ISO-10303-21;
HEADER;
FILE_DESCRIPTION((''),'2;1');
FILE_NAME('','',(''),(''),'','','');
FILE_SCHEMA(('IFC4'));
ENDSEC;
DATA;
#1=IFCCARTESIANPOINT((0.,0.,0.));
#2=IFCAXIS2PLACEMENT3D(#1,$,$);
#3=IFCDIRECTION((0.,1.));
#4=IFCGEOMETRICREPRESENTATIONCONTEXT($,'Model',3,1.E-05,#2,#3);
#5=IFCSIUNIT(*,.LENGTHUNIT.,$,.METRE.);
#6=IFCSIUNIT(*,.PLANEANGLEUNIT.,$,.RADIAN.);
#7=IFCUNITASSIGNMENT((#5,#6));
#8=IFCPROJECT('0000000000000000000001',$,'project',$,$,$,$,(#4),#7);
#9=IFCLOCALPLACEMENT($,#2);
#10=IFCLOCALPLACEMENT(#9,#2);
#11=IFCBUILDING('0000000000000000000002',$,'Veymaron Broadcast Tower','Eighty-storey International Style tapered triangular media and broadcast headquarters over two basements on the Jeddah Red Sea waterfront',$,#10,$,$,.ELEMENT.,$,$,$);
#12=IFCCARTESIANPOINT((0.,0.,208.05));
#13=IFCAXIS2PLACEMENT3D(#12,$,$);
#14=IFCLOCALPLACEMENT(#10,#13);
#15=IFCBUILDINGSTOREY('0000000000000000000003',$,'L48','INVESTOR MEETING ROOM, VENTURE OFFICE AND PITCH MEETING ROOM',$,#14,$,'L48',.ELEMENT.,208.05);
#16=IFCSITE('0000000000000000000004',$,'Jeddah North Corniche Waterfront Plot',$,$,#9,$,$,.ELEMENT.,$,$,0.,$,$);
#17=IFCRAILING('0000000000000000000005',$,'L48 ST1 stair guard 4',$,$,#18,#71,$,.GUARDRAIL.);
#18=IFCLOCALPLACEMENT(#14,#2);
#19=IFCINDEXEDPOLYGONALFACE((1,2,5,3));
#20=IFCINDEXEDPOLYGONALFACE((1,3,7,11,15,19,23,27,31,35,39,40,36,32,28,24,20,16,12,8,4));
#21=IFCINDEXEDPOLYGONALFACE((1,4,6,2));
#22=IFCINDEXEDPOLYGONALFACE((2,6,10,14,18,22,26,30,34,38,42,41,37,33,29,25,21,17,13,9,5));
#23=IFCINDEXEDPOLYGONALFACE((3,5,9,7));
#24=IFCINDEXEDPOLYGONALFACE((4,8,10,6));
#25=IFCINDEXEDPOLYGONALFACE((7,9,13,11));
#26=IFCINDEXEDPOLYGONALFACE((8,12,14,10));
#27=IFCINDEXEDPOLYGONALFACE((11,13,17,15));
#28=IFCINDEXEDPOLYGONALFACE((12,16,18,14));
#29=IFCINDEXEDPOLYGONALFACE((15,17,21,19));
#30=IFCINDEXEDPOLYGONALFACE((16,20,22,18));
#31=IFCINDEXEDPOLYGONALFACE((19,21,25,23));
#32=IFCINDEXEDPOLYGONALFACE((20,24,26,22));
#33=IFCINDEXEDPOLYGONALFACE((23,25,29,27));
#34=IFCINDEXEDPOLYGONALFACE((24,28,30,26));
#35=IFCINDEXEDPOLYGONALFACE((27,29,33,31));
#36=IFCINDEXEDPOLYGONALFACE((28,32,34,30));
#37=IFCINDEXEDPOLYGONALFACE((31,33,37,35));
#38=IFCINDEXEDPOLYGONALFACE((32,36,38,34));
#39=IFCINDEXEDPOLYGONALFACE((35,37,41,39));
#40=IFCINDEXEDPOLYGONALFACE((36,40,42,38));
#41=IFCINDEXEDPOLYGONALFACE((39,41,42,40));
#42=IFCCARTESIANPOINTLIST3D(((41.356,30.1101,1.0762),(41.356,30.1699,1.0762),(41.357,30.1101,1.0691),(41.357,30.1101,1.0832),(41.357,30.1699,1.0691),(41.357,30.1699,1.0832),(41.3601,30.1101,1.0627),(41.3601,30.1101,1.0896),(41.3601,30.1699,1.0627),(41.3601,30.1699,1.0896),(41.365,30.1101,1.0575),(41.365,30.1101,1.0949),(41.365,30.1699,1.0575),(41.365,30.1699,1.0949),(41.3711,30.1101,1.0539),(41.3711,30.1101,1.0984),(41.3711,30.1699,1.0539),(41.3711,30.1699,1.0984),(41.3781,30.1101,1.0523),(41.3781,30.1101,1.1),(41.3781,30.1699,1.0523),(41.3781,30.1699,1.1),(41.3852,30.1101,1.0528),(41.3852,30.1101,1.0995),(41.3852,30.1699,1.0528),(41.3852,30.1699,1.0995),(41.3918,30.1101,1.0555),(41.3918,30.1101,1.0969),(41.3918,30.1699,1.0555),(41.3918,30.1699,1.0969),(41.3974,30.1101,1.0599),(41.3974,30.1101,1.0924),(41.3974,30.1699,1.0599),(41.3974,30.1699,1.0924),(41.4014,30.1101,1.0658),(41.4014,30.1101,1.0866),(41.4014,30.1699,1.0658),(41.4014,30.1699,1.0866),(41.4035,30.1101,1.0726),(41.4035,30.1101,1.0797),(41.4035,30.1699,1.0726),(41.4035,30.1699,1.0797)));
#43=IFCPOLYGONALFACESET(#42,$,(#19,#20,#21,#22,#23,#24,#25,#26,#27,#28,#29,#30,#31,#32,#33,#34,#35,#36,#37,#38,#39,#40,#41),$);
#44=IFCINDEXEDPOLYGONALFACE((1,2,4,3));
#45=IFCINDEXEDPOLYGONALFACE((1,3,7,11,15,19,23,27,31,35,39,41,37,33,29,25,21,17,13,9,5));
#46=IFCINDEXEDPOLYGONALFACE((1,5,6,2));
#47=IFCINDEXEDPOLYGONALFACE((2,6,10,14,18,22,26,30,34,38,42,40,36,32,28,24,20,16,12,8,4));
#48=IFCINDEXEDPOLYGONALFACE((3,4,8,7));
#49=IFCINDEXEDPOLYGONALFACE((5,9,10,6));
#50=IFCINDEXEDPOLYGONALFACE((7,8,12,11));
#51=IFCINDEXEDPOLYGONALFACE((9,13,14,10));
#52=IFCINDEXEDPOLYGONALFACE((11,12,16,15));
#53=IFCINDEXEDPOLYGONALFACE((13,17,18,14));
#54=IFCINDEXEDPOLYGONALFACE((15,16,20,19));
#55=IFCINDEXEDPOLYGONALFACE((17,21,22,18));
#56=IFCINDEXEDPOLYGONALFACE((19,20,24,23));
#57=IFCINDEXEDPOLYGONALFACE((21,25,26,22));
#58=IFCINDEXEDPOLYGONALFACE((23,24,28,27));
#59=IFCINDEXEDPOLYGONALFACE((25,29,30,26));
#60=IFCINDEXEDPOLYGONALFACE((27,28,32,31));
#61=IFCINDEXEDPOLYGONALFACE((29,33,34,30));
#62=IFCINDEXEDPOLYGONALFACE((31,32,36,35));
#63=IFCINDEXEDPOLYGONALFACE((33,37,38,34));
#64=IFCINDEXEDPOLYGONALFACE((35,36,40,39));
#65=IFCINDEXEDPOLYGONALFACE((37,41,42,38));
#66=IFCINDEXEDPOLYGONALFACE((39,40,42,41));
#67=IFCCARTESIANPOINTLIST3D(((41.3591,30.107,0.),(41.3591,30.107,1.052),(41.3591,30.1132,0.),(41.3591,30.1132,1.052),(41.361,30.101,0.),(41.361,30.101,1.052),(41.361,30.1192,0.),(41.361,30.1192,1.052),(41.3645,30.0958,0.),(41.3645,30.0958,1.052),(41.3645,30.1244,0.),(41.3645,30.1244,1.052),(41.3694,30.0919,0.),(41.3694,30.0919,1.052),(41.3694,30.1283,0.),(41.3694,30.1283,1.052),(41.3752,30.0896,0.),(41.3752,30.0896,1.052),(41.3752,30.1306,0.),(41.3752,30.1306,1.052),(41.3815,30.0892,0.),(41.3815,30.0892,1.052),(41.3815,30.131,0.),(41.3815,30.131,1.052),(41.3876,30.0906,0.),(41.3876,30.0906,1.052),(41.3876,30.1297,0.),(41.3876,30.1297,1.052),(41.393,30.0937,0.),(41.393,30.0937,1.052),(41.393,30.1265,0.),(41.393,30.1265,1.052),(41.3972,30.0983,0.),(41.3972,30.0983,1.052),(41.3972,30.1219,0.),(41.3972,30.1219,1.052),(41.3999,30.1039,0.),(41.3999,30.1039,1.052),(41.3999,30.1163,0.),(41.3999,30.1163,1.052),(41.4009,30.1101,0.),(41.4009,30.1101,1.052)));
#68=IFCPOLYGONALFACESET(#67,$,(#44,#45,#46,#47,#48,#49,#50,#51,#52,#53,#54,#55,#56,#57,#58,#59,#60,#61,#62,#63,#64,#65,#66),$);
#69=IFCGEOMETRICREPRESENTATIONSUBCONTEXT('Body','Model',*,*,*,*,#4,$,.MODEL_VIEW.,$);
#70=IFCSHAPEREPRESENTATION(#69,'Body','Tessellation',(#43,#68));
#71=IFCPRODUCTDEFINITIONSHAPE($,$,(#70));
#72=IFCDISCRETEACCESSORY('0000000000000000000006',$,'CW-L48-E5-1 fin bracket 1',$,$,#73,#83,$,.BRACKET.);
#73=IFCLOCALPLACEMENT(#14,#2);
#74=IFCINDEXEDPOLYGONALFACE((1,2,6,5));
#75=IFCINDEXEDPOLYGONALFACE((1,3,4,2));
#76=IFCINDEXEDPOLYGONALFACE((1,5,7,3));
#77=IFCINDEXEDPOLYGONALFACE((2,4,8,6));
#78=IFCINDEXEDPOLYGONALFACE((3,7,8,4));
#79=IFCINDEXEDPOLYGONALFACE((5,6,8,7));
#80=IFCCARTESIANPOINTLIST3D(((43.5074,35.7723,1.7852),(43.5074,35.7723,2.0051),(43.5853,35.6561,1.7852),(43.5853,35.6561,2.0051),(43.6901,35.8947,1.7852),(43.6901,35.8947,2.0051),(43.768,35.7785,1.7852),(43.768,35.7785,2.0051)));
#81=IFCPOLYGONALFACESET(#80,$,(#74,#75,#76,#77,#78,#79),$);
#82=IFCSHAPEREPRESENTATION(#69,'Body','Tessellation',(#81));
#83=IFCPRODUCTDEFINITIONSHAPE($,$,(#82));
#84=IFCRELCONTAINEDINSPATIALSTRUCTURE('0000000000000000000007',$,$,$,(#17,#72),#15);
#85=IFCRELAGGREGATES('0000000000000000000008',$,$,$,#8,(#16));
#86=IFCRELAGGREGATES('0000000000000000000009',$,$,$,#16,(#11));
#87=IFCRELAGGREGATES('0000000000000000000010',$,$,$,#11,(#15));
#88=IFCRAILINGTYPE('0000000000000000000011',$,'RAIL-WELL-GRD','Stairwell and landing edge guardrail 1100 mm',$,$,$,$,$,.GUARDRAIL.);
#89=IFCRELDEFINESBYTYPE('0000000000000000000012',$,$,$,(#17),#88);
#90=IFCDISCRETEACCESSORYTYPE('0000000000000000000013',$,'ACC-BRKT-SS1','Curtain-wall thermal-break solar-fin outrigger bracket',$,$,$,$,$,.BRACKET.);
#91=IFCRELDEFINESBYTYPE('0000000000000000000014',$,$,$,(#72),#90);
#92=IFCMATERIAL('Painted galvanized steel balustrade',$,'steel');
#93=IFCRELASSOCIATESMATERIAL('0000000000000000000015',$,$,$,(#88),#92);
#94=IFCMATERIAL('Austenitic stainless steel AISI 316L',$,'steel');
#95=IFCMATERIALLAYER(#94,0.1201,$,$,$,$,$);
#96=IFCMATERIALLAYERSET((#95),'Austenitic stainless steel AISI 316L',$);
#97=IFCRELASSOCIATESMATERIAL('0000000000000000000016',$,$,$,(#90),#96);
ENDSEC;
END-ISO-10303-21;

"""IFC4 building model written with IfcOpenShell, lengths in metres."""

from ifc_helpers import new_model, si_unit, direction, frame, origin, origin_2d, place, context, subcontext, project, spatial, rectangle, circle, extrude, material, layer, layer_set, type_object, element, save


model = new_model("IFC4")

# Units and contexts
model_context = context("Model", 3, precision=1e-05, world=origin(), true_north=direction((0.0, 1.0)))
body_context = subcontext(model_context, "Body", "Model", "MODEL_VIEW")
ifc_project = project(units=[si_unit("LENGTHUNIT", "METRE"), si_unit("PLANEANGLEUNIT", "RADIAN")], contexts=[model_context])

# Site, building, storey
site_placement = place(None, origin())
site = spatial("IfcSite", under=ifc_project, at=site_placement, Name="Jeddah North Corniche Waterfront Plot", CompositionType="ELEMENT", RefElevation=0.0)
building_placement = place(site_placement, origin())
building = spatial("IfcBuilding", under=site, at=building_placement, Name="Veymaron Broadcast Tower", Description="Eighty-storey International Style tapered triangular media and broadcast headquarters over two basements on the Jeddah Red Sea waterfront", CompositionType="ELEMENT")
storey_placement = place(building_placement, frame((0.0, 0.0, 208.05)))
storey = spatial("IfcBuildingStorey", under=building, at=storey_placement, Name="L48", Description="INVESTOR MEETING ROOM, VENTURE OFFICE AND PITCH MEETING ROOM", LongName="L48", CompositionType="ELEMENT", Elevation=208.05)

# Railing
ifc_material_1 = material(Name="Painted galvanized steel balustrade", Category="steel")
railing_type_1 = type_object("IfcRailingType", Name="RAIL-WELL-GRD", Description="Stairwell and landing edge guardrail 1100 mm", PredefinedType="GUARDRAIL", material=ifc_material_1)
railing_1_placement = place(storey_placement, frame((41.3799, 30.1101, 0.0)))
element("IfcRailing", 1, at=railing_1_placement, inside=storey, type_object=railing_type_1, Name="L48 ST1 stair guard 4", PredefinedType="GUARDRAIL", context=body_context, shape_type="SweptSolid", body=[
    extrude(circle(Radius=0.0239, at=origin_2d()), frame((0.0, 0.0, 1.0762), z_axis=(0.0, 1.0, 0.0), x_axis=(-1.0, 0.0, 0.0)), (0.0, 0.0, 1.0), 0.0598),
    extrude(circle(Radius=0.021, at=origin_2d()), origin(), (0.0, 0.0, 1.0), 1.052),
])

# Discrete accessory
ifc_material_2 = material(Name="Austenitic stainless steel AISI 316L", Category="steel")
ifc_layer_1 = layer(ifc_material_2, 0.1201)
ifc_layer_set_1 = layer_set([ifc_layer_1], Name="Austenitic stainless steel AISI 316L")
discrete_accessory_type = type_object("IfcDiscreteAccessoryType", Name="ACC-BRKT-SS1", Description="Curtain-wall thermal-break solar-fin outrigger bracket", PredefinedType="BRACKET", material=ifc_layer_set_1)
discrete_accessory_placement = place(storey_placement, frame((43.6377, 35.7754, 1.7852), z_axis=(0.0, 0.0, 1.0), x_axis=(0.830742, 0.556658, 0.0)))
element("IfcDiscreteAccessory", 2, at=discrete_accessory_placement, inside=storey, type_object=discrete_accessory_type, Name="CW-L48-E5-1 fin bracket 1", PredefinedType="BRACKET", context=body_context, shape_type="SweptSolid", body=[
    extrude(rectangle(XDim=0.22, YDim=0.1399, at=origin_2d()), origin(), (0.0, 0.0, 1.0), 0.22),
])

save(model, "model.ifc")
